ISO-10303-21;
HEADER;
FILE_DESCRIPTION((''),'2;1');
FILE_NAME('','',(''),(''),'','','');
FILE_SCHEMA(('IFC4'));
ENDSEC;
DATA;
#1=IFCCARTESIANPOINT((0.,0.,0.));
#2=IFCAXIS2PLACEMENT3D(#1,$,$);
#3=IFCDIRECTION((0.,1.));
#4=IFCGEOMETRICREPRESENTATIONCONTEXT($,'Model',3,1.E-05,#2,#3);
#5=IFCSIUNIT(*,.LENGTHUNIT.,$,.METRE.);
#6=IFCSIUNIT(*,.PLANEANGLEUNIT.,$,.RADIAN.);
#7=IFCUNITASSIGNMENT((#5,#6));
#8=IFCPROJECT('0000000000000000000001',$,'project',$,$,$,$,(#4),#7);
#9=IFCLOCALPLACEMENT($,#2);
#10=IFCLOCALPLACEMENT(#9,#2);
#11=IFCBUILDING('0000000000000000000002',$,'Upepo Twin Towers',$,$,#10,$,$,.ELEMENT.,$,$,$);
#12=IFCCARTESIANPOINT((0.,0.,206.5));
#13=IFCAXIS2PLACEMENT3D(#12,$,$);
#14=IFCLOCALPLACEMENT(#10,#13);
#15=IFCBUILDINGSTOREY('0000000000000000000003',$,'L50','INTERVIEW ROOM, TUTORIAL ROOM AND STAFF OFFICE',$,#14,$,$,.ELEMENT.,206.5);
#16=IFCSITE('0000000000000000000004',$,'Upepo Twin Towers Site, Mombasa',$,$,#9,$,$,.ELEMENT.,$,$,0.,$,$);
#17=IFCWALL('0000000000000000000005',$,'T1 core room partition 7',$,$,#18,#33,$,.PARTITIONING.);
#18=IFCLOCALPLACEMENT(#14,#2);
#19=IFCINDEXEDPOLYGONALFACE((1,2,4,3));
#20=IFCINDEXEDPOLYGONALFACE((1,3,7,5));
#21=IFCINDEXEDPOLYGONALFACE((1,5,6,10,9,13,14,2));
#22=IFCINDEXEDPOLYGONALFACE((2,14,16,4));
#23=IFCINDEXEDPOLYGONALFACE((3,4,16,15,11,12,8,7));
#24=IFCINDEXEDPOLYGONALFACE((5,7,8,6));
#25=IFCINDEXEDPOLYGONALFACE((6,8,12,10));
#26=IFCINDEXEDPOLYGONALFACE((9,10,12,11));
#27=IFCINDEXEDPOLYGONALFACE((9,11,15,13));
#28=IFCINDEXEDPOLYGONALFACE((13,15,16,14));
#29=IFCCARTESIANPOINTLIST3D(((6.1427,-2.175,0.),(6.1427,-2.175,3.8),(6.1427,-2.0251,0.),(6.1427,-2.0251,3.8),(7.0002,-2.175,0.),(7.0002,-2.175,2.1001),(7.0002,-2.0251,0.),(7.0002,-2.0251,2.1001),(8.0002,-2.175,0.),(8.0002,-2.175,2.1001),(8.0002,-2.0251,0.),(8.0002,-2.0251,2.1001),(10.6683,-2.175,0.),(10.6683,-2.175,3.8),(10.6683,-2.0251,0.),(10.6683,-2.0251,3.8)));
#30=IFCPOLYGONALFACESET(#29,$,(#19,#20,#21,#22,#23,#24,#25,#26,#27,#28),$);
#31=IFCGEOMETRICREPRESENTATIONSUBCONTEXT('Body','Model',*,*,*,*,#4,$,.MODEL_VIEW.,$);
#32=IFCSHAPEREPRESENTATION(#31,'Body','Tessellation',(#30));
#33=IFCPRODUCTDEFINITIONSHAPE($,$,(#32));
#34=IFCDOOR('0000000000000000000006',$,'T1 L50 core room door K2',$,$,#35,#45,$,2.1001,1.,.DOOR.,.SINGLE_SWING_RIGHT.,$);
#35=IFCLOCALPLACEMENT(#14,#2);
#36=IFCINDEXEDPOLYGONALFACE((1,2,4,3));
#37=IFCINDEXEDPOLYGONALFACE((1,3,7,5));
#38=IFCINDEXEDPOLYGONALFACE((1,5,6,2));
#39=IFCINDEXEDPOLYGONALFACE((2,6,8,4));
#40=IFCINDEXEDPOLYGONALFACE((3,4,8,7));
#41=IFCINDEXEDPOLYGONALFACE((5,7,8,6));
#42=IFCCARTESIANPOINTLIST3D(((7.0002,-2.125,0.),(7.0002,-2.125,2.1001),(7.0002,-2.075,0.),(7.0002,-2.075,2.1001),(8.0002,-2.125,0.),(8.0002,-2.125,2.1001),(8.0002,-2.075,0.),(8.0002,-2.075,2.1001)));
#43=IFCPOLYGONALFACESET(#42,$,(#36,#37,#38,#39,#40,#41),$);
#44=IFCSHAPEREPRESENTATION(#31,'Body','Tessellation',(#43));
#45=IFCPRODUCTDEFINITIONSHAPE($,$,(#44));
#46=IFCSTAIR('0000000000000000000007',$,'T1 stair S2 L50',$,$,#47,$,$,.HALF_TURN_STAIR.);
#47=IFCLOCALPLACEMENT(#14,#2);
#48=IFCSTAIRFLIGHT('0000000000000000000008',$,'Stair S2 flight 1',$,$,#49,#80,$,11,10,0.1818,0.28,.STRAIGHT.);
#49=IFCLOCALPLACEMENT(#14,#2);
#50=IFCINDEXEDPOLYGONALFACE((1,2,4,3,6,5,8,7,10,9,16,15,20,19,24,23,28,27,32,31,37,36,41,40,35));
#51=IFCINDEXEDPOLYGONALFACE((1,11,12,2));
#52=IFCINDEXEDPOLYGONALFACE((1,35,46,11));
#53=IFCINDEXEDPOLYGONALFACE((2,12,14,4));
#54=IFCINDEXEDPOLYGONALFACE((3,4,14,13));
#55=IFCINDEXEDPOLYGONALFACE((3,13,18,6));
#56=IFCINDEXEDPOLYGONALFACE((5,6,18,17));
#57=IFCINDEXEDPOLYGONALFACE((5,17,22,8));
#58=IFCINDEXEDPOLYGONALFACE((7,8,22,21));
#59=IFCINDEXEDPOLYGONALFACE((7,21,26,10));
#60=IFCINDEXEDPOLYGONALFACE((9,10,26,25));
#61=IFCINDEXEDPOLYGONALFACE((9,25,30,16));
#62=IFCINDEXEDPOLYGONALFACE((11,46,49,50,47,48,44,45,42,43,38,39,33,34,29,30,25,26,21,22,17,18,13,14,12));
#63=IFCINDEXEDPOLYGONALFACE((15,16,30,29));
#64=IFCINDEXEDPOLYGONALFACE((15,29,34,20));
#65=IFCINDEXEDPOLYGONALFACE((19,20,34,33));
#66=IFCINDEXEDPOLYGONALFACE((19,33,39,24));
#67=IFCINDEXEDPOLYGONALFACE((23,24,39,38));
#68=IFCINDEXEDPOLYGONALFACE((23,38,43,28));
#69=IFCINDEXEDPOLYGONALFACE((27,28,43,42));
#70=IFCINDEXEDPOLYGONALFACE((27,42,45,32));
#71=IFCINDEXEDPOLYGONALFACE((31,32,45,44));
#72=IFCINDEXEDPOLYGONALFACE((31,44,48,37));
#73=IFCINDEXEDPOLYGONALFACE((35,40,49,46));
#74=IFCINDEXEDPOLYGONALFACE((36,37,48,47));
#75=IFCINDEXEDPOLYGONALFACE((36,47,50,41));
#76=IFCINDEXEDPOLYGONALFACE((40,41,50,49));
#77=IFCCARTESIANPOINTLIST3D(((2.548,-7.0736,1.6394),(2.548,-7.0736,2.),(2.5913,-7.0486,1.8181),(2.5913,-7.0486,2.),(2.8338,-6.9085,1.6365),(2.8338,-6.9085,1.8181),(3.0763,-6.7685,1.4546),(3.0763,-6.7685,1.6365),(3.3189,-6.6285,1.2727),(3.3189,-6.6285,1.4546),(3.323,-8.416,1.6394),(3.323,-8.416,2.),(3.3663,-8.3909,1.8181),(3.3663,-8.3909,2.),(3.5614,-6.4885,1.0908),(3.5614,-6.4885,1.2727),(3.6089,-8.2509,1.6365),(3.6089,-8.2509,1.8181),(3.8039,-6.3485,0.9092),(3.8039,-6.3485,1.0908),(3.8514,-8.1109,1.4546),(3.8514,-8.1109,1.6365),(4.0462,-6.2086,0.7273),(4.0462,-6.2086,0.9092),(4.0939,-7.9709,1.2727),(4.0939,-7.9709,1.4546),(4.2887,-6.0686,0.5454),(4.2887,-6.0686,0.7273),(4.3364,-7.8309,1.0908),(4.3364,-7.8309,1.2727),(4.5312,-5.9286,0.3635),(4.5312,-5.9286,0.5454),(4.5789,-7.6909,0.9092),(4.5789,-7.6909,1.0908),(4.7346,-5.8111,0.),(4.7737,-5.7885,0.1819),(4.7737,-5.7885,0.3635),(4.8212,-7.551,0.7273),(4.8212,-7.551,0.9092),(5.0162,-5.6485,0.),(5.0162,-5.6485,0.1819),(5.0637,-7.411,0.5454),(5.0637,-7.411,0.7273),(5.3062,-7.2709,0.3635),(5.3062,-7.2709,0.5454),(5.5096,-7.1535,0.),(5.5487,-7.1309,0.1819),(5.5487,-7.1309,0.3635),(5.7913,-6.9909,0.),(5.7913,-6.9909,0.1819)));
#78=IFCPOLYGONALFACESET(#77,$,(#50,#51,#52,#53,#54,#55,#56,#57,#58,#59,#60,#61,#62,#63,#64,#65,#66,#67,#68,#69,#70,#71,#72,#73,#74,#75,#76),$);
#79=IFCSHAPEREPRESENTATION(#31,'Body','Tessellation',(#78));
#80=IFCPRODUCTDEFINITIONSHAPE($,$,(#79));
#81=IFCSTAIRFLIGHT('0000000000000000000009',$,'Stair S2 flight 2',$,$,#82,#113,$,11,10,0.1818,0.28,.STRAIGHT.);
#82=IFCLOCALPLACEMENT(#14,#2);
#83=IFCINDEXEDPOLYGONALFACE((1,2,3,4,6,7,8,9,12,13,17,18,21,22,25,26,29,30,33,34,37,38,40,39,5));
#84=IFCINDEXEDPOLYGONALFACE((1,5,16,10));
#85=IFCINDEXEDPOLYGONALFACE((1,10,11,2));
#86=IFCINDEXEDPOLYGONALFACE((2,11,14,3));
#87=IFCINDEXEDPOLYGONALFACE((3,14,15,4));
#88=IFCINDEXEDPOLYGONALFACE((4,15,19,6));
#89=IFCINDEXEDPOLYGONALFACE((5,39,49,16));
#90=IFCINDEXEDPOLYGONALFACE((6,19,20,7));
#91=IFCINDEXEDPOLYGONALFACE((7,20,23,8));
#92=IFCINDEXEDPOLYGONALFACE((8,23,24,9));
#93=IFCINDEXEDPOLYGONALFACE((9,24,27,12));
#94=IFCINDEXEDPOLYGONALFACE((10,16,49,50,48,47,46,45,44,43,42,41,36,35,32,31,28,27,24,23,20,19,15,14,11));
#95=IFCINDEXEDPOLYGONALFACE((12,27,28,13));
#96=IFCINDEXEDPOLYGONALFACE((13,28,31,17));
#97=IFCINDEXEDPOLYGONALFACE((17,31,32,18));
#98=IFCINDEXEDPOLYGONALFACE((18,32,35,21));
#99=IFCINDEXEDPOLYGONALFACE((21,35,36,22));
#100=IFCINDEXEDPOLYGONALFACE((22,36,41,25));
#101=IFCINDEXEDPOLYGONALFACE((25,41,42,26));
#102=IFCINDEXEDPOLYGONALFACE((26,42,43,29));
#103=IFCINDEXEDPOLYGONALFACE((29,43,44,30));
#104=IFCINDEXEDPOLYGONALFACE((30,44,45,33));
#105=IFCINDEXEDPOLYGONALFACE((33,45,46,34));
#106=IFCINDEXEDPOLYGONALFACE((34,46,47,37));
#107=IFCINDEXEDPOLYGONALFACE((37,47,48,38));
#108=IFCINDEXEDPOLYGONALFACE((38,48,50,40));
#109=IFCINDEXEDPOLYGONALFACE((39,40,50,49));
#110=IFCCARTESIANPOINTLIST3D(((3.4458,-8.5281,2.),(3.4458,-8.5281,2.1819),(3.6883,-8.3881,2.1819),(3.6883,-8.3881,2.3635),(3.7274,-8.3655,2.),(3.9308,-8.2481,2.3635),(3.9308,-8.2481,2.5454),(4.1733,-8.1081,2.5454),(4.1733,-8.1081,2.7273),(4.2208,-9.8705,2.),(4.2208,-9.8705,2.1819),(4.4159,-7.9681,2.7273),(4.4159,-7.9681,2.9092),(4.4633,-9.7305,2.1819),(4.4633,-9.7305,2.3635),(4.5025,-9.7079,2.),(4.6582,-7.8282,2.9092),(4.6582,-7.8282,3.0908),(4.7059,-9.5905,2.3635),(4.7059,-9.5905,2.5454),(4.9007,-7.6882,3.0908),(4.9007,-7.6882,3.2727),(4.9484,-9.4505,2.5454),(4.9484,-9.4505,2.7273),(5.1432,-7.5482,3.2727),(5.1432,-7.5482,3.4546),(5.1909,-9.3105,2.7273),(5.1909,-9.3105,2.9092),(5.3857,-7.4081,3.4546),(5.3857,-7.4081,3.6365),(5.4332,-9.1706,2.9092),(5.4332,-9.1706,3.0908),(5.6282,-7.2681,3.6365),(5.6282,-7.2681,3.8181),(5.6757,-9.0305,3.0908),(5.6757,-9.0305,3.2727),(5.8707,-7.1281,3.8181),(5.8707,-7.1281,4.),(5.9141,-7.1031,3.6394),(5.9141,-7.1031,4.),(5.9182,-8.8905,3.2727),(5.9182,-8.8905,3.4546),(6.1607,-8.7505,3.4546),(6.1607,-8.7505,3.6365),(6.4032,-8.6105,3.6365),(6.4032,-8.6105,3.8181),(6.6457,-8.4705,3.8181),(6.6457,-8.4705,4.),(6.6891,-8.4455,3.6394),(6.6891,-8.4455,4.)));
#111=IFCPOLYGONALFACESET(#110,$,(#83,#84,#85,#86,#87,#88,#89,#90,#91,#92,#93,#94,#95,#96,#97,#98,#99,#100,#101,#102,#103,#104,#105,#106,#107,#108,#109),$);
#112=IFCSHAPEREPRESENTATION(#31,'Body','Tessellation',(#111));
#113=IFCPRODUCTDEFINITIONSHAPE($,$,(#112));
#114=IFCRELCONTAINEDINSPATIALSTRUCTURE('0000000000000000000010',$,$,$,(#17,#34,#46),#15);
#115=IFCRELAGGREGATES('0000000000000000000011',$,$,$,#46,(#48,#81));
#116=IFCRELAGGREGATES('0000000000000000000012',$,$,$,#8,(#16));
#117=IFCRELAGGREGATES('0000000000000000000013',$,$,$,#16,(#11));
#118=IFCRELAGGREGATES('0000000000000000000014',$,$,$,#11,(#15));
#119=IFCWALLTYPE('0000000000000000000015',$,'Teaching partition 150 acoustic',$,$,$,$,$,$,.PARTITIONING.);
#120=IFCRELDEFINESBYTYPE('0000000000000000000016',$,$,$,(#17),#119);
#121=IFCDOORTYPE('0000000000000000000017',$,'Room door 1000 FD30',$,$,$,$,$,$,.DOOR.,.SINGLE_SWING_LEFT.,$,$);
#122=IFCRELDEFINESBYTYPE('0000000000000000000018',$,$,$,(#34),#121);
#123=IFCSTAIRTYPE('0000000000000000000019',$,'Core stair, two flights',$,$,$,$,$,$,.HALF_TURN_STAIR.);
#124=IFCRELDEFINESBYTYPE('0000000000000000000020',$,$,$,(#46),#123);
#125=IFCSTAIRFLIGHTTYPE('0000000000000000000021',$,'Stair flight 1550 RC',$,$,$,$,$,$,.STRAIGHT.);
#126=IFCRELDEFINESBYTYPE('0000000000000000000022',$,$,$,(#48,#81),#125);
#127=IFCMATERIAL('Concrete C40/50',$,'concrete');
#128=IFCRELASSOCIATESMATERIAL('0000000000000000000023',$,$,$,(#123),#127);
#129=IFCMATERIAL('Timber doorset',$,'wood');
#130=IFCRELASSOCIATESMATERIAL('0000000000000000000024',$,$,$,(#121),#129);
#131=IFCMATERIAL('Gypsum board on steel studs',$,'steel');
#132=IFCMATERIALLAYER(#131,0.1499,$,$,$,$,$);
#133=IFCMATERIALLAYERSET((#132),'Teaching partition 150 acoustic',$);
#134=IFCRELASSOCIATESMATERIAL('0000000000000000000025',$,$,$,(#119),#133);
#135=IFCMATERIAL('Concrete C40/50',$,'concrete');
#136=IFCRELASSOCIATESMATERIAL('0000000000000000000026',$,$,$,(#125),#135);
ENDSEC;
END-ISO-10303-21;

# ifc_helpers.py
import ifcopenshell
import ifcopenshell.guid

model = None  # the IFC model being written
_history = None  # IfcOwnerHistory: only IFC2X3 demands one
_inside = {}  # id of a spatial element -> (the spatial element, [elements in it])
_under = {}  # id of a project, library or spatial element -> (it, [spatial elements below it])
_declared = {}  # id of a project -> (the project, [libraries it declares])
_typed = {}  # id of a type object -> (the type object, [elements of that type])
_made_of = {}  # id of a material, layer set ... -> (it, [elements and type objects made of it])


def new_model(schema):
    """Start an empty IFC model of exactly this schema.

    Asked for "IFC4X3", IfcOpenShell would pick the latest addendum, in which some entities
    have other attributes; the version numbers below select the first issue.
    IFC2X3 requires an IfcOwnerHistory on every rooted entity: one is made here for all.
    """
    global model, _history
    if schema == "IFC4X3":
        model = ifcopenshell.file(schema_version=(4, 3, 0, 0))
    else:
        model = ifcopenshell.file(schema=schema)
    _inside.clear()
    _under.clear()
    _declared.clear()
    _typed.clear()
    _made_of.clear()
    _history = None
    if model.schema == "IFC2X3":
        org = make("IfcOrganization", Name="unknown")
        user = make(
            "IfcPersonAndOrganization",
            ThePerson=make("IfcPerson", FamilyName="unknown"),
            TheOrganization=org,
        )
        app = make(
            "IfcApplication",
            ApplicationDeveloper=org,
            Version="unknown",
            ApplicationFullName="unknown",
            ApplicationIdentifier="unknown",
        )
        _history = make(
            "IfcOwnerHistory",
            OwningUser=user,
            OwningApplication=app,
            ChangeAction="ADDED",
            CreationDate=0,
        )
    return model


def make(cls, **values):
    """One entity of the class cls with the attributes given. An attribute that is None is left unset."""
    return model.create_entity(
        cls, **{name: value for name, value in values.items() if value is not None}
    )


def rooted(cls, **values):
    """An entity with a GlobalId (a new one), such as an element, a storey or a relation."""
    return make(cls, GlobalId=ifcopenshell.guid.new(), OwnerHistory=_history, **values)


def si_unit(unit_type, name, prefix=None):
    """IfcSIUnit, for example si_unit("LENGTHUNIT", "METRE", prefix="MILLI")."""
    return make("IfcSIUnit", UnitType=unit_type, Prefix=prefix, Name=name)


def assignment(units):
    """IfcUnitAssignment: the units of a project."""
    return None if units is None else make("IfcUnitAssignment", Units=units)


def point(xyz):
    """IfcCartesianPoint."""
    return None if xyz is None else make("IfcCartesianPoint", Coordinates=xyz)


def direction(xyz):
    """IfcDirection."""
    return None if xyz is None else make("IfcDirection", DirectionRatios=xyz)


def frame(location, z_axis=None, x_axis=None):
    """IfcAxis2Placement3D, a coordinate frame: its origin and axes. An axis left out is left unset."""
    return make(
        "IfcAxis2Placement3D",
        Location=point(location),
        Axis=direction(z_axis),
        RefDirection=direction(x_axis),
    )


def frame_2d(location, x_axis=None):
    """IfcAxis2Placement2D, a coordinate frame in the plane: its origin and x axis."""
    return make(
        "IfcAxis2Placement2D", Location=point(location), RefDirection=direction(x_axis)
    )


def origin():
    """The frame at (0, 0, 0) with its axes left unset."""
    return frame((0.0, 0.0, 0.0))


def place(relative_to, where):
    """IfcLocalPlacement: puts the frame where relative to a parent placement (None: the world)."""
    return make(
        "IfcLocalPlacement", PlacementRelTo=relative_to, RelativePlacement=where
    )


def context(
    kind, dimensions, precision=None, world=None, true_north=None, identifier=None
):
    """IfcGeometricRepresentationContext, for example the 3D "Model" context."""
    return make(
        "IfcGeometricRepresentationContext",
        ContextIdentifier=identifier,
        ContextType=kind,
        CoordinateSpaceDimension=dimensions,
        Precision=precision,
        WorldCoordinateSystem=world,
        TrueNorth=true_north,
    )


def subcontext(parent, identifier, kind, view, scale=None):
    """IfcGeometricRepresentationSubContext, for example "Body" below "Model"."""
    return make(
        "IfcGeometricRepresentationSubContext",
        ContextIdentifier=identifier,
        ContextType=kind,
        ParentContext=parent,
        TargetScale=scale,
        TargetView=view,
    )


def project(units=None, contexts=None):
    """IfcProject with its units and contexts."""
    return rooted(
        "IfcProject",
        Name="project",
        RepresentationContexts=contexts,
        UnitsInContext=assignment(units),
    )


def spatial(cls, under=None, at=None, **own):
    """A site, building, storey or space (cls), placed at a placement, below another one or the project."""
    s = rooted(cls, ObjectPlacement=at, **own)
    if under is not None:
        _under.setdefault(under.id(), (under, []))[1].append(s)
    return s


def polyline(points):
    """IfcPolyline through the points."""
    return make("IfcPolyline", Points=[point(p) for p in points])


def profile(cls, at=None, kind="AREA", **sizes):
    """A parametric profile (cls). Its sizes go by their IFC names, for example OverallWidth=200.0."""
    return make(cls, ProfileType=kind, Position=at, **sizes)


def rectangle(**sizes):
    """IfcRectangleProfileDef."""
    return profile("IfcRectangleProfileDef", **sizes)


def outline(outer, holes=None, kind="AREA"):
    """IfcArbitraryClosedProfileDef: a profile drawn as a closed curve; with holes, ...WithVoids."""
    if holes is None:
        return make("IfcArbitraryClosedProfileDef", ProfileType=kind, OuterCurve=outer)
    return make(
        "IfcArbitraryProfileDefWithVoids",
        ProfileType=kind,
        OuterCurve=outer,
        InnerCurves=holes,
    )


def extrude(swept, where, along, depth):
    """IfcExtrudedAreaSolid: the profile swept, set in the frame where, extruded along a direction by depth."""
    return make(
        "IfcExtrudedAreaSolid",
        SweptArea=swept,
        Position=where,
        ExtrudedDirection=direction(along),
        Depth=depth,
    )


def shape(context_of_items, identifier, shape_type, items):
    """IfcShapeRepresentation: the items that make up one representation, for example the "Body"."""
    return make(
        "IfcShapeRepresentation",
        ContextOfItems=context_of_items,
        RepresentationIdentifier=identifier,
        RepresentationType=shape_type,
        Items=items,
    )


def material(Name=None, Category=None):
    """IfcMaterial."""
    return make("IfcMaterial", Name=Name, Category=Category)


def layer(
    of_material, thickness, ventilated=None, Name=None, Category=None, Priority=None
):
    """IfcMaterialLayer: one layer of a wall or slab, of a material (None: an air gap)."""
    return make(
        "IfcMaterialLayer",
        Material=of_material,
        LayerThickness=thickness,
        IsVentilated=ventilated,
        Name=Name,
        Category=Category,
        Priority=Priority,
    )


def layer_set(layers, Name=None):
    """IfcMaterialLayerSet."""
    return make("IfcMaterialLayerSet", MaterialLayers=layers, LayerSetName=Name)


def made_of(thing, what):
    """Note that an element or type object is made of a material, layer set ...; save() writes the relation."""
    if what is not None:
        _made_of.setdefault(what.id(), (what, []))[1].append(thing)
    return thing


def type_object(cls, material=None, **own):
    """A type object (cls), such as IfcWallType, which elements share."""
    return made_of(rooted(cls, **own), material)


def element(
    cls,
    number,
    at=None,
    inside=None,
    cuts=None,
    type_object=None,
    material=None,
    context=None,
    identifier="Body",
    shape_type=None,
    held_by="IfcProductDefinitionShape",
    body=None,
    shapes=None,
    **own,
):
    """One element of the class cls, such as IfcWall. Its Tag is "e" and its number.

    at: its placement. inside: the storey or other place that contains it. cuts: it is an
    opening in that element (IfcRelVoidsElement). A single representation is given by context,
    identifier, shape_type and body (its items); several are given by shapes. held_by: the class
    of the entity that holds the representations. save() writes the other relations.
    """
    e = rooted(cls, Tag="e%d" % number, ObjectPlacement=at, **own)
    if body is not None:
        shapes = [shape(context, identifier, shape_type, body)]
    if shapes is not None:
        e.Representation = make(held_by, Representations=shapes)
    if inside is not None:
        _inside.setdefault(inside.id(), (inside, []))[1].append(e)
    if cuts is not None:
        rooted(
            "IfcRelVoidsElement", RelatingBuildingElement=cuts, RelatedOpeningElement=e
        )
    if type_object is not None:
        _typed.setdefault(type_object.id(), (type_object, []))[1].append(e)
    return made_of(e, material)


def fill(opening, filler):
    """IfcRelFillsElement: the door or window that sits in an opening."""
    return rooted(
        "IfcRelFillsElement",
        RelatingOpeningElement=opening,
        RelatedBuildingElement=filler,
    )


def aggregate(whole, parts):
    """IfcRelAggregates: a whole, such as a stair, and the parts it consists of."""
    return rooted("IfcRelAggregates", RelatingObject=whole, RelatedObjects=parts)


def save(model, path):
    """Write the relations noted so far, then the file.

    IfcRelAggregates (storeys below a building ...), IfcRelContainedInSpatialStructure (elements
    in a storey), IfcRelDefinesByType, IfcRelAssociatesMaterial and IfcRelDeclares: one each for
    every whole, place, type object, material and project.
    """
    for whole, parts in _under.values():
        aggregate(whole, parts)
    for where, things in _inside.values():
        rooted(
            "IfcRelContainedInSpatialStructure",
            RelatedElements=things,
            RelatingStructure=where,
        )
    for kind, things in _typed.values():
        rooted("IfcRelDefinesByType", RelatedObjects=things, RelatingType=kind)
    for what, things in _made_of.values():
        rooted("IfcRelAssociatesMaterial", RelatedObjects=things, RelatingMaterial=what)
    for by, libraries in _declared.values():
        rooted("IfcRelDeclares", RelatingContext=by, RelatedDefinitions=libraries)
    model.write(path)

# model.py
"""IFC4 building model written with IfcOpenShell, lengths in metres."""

from ifc_helpers import new_model, si_unit, direction, frame, frame_2d, origin, place, context, subcontext, project, spatial, polyline, rectangle, outline, extrude, material, layer, layer_set, type_object, element, fill, aggregate, save


model = new_model("IFC4")

# Units and contexts
model_context = context("Model", 3, precision=1e-05, world=origin(), true_north=direction((0.0, 1.0)))
body_context = subcontext(model_context, "Body", "Model", "MODEL_VIEW")
ifc_project = project(units=[si_unit("LENGTHUNIT", "METRE"), si_unit("PLANEANGLEUNIT", "RADIAN")], contexts=[model_context])

# Site, building, storey
site_placement = place(None, origin())
site = spatial("IfcSite", under=ifc_project, at=site_placement, Name="Upepo Twin Towers Site, Mombasa", CompositionType="ELEMENT", RefElevation=0.0)
building_placement = place(site_placement, origin())
building = spatial("IfcBuilding", under=site, at=building_placement, Name="Upepo Twin Towers", CompositionType="ELEMENT")
storey_placement = place(building_placement, frame((0.0, 0.0, 206.5)))
storey = spatial("IfcBuildingStorey", under=building, at=storey_placement, Name="L50", Description="INTERVIEW ROOM, TUTORIAL ROOM AND STAFF OFFICE", CompositionType="ELEMENT", Elevation=206.5)

# Shared definitions
ifc_material_1 = material(Name="Concrete C40/50", Category="concrete")
stair_type = type_object("IfcStairType", Name="Core stair, two flights", PredefinedType="HALF_TURN_STAIR", material=ifc_material_1)

# Shared definitions
ifc_material_2 = material(Name="Timber doorset", Category="wood")
door_type_1 = type_object("IfcDoorType", Name="Room door 1000 FD30", OperationType="SINGLE_SWING_LEFT", PredefinedType="DOOR", material=ifc_material_2)

# Shared definitions
ifc_material_3 = material(Name="Gypsum board on steel studs", Category="steel")
ifc_layer_1 = layer(ifc_material_3, 0.1499)
ifc_layer_set_1 = layer_set([ifc_layer_1], Name="Teaching partition 150 acoustic")
wall_type_1 = type_object("IfcWallType", Name="Teaching partition 150 acoustic", PredefinedType="PARTITIONING", material=ifc_layer_set_1)

# Wall, opening, door
wall_1_placement = place(storey_placement, frame((10.6682, -2.1001, 0.0), z_axis=(0.0, 0.0, 1.0), x_axis=(-1.0, 0.0, 0.0)))
wall_1 = element("IfcWall", 1, at=wall_1_placement, inside=storey, type_object=wall_type_1, Name="T1 core room partition 7", PredefinedType="PARTITIONING", context=body_context, shape_type="SweptSolid", body=[
    extrude(rectangle(XDim=4.5256, YDim=0.1499, at=frame_2d((2.2627, 0.0))), origin(), (0.0, 0.0, 1.0), 3.8),
])
opening_1_placement = place(wall_1_placement, frame((2.668, 0.0, 0.0)))
opening_1 = element("IfcOpeningElement", 2, at=opening_1_placement, cuts=wall_1, PredefinedType="OPENING", context=body_context, shape_type="SweptSolid", body=[
    extrude(rectangle(XDim=1.0, YDim=2.1001, at=frame_2d((0.5, 1.05))), frame((0.0, 0.085, 0.0), z_axis=(0.0, -1.0, 0.0), x_axis=(1.0, 0.0, 0.0)), (0.0, 0.0, 1.0), 0.1699),
])
door_1_placement = place(opening_1_placement, origin())
door_1 = element("IfcDoor", 3, at=door_1_placement, inside=storey, type_object=door_type_1, Name="T1 L50 core room door K2", OperationType="SINGLE_SWING_RIGHT", OverallHeight=2.1001, OverallWidth=1.0, PredefinedType="DOOR", context=body_context, shape_type="SweptSolid", body=[
    extrude(rectangle(XDim=1.0, YDim=2.1001, at=frame_2d((0.5, 1.05))), frame((0.0, 0.0249, 0.0), z_axis=(0.0, -1.0, 0.0), x_axis=(1.0, 0.0, 0.0)), (0.0, 0.0, 1.0), 0.05),
])
fill(opening_1, door_1)

# Stair, stair flights
stair_1_placement = place(storey_placement, origin())
stair_1 = element("IfcStair", 4, at=stair_1_placement, inside=storey, type_object=stair_type, Name="T1 stair S2 L50", PredefinedType="HALF_TURN_STAIR")
ifc_material_4 = material(Name="Concrete C40/50", Category="concrete")
stair_flight_type = type_object("IfcStairFlightType", Name="Stair flight 1550 RC", PredefinedType="STRAIGHT", material=ifc_material_4)
stair_flight_1_placement = place(storey_placement, frame((5.4038, -6.3198, 0.0), z_axis=(0.0, 0.0, 1.0), x_axis=(-0.866025, -0.5, 0.0)))
stair_flight_1 = element("IfcStairFlight", 5, at=stair_flight_1_placement, type_object=stair_flight_type, Name="Stair S2 flight 1", NumberOfRisers=11, NumberOfTreads=10, PredefinedType="STRAIGHT", RiserHeight=0.1818, TreadLength=0.28, context=body_context, shape_type="SweptSolid", body=[
    extrude(outline(polyline([(0.0, 0.0), (0.0, 0.1819), (0.28, 0.1819), (0.28, 0.3635), (0.5601, 0.3635), (0.5601, 0.5454), (0.8401, 0.5454), (0.8401, 0.7273), (1.1201, 0.7273), (1.1201, 0.9092), (1.3999, 0.9092), (1.3999, 1.0908), (1.6799, 1.0908), (1.6799, 1.2727), (1.96, 1.2727), (1.96, 1.4546), (2.24, 1.4546), (2.24, 1.6365), (2.52, 1.6365), (2.52, 1.8181), (2.8, 1.8181), (2.8, 2.0), (2.8501, 2.0), (2.8501, 1.6394), (0.3252, 0.0), (0.0, 0.0)])), frame((0.0, 0.7749, 0.0), z_axis=(0.0, -1.0, 0.0), x_axis=(1.0, 0.0, 0.0)), (0.0, 0.0, 1.0), 1.55),
])
stair_flight_2_placement = place(storey_placement, frame((3.8333, -9.1992, 2.0), z_axis=(0.0, 0.0, 1.0), x_axis=(0.866025, 0.5, 0.0)))
stair_flight_2 = element("IfcStairFlight", 6, at=stair_flight_2_placement, type_object=stair_flight_type, Name="Stair S2 flight 2", NumberOfRisers=11, NumberOfTreads=10, PredefinedType="STRAIGHT", RiserHeight=0.1818, TreadLength=0.28, context=body_context, shape_type="SweptSolid", body=[
    extrude(outline(polyline([(0.0, 0.0), (0.0, 0.1819), (0.28, 0.1819), (0.28, 0.3635), (0.5601, 0.3635), (0.5601, 0.5454), (0.8401, 0.5454), (0.8401, 0.7273), (1.1201, 0.7273), (1.1201, 0.9092), (1.3999, 0.9092), (1.3999, 1.0908), (1.6799, 1.0908), (1.6799, 1.2727), (1.96, 1.2727), (1.96, 1.4546), (2.24, 1.4546), (2.24, 1.6365), (2.52, 1.6365), (2.52, 1.8181), (2.8, 1.8181), (2.8, 2.0), (2.8501, 2.0), (2.8501, 1.6394), (0.3252, 0.0), (0.0, 0.0)])), frame((0.0, 0.7749, 0.0), z_axis=(0.0, -1.0, 0.0), x_axis=(1.0, 0.0, 0.0)), (0.0, 0.0, 1.0), 1.55),
])
aggregate(stair_1, [stair_flight_1, stair_flight_2])

save(model, "model.ifc")
